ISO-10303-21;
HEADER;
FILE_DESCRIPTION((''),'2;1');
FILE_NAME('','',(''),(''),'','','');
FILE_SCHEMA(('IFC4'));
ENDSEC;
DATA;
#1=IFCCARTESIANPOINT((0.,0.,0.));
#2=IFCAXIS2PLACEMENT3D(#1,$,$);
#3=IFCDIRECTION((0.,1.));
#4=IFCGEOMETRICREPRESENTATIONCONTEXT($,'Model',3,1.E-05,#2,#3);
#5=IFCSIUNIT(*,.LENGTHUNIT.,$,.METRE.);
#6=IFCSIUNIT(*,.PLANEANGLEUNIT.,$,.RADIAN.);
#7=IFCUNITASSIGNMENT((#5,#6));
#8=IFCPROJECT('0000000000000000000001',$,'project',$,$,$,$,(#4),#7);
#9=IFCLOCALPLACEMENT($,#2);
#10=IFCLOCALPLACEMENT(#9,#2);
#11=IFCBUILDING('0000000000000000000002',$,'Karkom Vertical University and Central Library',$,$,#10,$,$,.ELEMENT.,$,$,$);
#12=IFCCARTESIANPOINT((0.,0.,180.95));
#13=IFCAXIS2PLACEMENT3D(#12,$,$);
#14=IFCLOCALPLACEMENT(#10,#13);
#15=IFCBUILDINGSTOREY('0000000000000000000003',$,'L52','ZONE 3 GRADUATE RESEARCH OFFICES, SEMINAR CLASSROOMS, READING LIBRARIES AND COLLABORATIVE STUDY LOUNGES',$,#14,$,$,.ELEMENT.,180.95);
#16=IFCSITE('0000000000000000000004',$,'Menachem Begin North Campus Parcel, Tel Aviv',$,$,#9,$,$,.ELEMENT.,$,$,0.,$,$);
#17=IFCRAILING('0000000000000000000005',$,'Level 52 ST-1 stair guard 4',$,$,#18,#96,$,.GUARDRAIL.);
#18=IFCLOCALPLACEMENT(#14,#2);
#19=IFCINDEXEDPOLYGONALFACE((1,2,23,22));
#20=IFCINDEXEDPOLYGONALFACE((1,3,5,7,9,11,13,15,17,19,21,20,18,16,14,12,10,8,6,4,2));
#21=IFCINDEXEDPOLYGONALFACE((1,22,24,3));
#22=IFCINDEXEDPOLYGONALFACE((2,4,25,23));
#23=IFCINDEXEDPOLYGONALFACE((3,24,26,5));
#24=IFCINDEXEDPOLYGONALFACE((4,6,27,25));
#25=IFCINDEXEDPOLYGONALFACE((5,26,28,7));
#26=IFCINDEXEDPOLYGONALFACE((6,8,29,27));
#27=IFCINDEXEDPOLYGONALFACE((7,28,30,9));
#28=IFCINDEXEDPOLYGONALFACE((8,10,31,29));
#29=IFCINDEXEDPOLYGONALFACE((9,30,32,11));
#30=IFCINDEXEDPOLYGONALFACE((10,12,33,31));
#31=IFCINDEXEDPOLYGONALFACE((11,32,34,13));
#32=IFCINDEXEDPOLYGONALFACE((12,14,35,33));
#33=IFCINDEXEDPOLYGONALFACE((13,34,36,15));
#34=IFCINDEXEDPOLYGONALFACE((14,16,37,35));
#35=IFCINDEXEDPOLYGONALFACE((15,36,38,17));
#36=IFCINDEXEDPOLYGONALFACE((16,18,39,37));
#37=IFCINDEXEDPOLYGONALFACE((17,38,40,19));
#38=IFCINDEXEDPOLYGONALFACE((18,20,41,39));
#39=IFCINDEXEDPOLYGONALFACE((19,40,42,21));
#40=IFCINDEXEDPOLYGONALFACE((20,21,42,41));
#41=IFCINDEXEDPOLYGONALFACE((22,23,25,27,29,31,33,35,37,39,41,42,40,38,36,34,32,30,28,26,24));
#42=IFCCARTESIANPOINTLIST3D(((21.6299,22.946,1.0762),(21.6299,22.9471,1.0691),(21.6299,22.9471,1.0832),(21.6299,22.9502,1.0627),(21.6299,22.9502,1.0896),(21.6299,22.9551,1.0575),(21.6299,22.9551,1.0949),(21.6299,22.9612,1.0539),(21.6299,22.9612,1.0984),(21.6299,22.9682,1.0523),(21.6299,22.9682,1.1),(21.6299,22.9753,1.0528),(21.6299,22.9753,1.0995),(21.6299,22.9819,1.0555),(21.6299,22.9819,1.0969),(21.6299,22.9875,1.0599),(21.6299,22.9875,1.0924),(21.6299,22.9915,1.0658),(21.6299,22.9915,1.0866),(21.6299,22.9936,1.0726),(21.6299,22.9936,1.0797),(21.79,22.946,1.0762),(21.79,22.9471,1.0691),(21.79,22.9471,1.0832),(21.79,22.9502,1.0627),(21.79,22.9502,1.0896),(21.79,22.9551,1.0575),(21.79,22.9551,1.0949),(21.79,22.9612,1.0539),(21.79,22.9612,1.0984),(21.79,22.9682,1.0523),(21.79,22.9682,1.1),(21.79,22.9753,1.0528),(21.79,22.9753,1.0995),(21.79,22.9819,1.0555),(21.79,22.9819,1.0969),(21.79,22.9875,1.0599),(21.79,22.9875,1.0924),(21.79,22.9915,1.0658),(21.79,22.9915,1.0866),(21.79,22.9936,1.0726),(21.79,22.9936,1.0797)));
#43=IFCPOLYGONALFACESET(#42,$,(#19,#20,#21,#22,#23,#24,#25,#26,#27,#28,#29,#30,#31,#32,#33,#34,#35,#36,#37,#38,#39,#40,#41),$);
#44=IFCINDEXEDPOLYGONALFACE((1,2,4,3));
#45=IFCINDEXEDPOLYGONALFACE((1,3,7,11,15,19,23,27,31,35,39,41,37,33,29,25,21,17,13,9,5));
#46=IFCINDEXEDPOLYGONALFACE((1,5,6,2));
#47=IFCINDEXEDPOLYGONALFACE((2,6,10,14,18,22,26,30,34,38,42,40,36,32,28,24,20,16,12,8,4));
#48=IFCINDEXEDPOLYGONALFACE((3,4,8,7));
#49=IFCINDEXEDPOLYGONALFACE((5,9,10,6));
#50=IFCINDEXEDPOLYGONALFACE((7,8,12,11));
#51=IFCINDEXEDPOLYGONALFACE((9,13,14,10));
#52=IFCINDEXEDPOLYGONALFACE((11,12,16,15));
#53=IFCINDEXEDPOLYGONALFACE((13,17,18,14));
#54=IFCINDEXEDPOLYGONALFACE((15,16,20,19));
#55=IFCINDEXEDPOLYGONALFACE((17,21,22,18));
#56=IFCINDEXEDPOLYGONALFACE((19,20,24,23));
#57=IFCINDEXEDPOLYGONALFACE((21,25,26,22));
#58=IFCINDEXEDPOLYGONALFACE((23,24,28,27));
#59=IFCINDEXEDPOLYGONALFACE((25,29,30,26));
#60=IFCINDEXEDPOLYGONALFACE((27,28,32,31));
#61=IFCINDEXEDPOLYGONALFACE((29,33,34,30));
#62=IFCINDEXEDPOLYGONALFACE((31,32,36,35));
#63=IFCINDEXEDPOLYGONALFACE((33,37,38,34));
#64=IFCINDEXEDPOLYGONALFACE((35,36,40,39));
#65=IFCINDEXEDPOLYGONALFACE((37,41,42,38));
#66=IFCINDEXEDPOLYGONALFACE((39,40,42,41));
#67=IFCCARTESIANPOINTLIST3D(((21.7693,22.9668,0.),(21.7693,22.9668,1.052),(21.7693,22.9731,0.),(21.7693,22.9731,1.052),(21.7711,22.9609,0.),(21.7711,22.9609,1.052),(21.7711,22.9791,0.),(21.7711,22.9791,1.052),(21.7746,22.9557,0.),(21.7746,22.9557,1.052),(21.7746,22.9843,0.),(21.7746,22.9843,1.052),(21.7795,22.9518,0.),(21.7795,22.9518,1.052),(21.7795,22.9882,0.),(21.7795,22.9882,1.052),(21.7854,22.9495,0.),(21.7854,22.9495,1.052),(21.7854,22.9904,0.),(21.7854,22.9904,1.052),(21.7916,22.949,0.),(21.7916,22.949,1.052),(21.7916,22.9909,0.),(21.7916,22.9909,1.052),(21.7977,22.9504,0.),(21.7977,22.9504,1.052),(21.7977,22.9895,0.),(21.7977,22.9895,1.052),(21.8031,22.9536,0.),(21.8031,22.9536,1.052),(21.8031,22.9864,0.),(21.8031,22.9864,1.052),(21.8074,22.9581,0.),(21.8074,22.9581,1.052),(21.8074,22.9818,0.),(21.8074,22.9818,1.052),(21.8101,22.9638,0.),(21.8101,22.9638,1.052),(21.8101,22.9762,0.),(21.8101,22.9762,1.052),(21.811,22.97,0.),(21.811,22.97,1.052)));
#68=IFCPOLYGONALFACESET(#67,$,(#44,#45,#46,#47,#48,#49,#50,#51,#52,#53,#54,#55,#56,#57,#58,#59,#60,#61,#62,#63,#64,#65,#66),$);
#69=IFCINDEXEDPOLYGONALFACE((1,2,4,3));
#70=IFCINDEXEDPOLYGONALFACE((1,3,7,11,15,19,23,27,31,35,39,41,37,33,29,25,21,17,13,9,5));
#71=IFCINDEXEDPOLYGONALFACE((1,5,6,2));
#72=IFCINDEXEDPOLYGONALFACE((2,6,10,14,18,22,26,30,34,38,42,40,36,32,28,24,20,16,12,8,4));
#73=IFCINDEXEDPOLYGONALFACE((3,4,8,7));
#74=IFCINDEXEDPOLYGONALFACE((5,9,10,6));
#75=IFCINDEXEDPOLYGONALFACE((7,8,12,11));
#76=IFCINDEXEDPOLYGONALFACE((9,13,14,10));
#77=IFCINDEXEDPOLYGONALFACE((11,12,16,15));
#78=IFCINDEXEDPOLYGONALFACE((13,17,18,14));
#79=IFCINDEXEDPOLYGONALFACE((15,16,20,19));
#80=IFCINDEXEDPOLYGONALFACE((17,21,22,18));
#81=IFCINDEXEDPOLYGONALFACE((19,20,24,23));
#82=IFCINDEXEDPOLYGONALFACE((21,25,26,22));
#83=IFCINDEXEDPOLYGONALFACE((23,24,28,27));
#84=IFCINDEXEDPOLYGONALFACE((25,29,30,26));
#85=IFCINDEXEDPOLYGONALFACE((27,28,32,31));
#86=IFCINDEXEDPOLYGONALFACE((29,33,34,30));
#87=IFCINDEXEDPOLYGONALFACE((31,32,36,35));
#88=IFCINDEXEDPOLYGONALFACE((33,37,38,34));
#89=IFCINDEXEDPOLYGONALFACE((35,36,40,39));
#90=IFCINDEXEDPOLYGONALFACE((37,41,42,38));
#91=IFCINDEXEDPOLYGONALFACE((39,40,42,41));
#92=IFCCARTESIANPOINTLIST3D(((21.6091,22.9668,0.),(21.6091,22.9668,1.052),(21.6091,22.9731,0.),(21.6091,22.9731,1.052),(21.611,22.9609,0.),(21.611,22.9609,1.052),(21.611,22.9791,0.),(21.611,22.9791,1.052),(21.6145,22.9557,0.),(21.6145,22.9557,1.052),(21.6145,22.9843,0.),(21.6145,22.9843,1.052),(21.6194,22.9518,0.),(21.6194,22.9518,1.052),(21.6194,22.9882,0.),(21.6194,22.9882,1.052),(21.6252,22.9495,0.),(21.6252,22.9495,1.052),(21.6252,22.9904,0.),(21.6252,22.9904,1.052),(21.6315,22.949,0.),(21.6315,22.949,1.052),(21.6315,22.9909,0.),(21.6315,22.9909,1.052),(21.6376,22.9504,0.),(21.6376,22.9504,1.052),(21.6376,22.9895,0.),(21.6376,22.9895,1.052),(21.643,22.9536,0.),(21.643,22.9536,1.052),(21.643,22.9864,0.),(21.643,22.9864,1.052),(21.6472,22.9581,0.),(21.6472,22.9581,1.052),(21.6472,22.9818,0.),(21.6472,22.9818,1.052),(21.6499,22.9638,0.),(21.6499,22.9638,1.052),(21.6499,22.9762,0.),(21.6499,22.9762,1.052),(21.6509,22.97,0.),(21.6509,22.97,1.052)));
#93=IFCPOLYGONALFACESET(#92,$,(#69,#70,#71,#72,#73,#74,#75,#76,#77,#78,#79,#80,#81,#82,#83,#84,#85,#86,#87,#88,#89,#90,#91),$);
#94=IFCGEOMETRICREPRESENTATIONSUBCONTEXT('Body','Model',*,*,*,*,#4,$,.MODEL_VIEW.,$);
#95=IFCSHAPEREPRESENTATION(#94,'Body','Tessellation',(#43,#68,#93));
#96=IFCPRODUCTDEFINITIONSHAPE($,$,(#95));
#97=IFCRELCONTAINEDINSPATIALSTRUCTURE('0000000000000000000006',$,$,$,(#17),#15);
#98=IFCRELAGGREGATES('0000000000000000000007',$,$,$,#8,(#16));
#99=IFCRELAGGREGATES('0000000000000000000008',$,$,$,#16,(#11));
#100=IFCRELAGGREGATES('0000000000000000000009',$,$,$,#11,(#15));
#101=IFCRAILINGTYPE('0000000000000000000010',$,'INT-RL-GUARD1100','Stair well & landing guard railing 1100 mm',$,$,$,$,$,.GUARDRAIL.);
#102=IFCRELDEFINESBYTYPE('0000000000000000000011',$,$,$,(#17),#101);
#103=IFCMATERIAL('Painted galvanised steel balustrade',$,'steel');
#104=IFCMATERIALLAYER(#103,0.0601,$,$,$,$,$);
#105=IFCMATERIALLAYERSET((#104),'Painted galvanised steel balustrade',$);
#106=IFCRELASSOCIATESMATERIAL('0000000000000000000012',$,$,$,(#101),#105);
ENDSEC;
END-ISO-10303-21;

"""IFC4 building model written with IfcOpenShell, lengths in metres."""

from ifc_helpers import new_model, si_unit, direction, frame, origin, origin_2d, place, context, subcontext, project, spatial, circle, extrude, material, layer, layer_set, type_object, element, save


model = new_model("IFC4")

# Units and contexts
model_context = context("Model", 3, precision=1e-05, world=origin(), true_north=direction((0.0, 1.0)))
body_context = subcontext(model_context, "Body", "Model", "MODEL_VIEW")
ifc_project = project(units=[si_unit("LENGTHUNIT", "METRE"), si_unit("PLANEANGLEUNIT", "RADIAN")], contexts=[model_context])

# Site, building, storey
site_placement = place(None, origin())
site = spatial("IfcSite", under=ifc_project, at=site_placement, Name="Menachem Begin North Campus Parcel, Tel Aviv", CompositionType="ELEMENT", RefElevation=0.0)
building_placement = place(site_placement, origin())
building = spatial("IfcBuilding", under=site, at=building_placement, Name="Karkom Vertical University and Central Library", CompositionType="ELEMENT")
storey_placement = place(building_placement, frame((0.0, 0.0, 180.95)))
storey = spatial("IfcBuildingStorey", under=building, at=storey_placement, Name="L52", Description="ZONE 3 GRADUATE RESEARCH OFFICES, SEMINAR CLASSROOMS, READING LIBRARIES AND COLLABORATIVE STUDY LOUNGES", CompositionType="ELEMENT", Elevation=180.95)

# Railing
ifc_material_1 = material(Name="Painted galvanised steel balustrade", Category="steel")
ifc_layer_1 = layer(ifc_material_1, 0.0601)
ifc_layer_set_1 = layer_set([ifc_layer_1], Name="Painted galvanised steel balustrade")
railing_type_1 = type_object("IfcRailingType", Name="INT-RL-GUARD1100", Description="Stair well & landing guard railing 1100 mm", PredefinedType="GUARDRAIL", material=ifc_layer_set_1)
railing_1_placement = place(storey_placement, frame((21.79, 22.97, 0.0)))
element("IfcRailing", 1, at=railing_1_placement, inside=storey, type_object=railing_type_1, Name="Level 52 ST-1 stair guard 4", PredefinedType="GUARDRAIL", context=body_context, shape_type="SweptSolid", body=[
    extrude(circle(Radius=0.0239, at=origin_2d()), frame((0.0, 0.0, 1.0762), z_axis=(-1.0, 0.0, 0.0), x_axis=(0.0, -1.0, 0.0)), (0.0, 0.0, 1.0), 0.1602),
    extrude(circle(Radius=0.021, at=origin_2d()), origin(), (0.0, 0.0, 1.0), 1.052),
    extrude(circle(Radius=0.021, at=origin_2d()), frame((-0.1602, 0.0, 0.0)), (0.0, 0.0, 1.0), 1.052),
])

save(model, "model.ifc")
